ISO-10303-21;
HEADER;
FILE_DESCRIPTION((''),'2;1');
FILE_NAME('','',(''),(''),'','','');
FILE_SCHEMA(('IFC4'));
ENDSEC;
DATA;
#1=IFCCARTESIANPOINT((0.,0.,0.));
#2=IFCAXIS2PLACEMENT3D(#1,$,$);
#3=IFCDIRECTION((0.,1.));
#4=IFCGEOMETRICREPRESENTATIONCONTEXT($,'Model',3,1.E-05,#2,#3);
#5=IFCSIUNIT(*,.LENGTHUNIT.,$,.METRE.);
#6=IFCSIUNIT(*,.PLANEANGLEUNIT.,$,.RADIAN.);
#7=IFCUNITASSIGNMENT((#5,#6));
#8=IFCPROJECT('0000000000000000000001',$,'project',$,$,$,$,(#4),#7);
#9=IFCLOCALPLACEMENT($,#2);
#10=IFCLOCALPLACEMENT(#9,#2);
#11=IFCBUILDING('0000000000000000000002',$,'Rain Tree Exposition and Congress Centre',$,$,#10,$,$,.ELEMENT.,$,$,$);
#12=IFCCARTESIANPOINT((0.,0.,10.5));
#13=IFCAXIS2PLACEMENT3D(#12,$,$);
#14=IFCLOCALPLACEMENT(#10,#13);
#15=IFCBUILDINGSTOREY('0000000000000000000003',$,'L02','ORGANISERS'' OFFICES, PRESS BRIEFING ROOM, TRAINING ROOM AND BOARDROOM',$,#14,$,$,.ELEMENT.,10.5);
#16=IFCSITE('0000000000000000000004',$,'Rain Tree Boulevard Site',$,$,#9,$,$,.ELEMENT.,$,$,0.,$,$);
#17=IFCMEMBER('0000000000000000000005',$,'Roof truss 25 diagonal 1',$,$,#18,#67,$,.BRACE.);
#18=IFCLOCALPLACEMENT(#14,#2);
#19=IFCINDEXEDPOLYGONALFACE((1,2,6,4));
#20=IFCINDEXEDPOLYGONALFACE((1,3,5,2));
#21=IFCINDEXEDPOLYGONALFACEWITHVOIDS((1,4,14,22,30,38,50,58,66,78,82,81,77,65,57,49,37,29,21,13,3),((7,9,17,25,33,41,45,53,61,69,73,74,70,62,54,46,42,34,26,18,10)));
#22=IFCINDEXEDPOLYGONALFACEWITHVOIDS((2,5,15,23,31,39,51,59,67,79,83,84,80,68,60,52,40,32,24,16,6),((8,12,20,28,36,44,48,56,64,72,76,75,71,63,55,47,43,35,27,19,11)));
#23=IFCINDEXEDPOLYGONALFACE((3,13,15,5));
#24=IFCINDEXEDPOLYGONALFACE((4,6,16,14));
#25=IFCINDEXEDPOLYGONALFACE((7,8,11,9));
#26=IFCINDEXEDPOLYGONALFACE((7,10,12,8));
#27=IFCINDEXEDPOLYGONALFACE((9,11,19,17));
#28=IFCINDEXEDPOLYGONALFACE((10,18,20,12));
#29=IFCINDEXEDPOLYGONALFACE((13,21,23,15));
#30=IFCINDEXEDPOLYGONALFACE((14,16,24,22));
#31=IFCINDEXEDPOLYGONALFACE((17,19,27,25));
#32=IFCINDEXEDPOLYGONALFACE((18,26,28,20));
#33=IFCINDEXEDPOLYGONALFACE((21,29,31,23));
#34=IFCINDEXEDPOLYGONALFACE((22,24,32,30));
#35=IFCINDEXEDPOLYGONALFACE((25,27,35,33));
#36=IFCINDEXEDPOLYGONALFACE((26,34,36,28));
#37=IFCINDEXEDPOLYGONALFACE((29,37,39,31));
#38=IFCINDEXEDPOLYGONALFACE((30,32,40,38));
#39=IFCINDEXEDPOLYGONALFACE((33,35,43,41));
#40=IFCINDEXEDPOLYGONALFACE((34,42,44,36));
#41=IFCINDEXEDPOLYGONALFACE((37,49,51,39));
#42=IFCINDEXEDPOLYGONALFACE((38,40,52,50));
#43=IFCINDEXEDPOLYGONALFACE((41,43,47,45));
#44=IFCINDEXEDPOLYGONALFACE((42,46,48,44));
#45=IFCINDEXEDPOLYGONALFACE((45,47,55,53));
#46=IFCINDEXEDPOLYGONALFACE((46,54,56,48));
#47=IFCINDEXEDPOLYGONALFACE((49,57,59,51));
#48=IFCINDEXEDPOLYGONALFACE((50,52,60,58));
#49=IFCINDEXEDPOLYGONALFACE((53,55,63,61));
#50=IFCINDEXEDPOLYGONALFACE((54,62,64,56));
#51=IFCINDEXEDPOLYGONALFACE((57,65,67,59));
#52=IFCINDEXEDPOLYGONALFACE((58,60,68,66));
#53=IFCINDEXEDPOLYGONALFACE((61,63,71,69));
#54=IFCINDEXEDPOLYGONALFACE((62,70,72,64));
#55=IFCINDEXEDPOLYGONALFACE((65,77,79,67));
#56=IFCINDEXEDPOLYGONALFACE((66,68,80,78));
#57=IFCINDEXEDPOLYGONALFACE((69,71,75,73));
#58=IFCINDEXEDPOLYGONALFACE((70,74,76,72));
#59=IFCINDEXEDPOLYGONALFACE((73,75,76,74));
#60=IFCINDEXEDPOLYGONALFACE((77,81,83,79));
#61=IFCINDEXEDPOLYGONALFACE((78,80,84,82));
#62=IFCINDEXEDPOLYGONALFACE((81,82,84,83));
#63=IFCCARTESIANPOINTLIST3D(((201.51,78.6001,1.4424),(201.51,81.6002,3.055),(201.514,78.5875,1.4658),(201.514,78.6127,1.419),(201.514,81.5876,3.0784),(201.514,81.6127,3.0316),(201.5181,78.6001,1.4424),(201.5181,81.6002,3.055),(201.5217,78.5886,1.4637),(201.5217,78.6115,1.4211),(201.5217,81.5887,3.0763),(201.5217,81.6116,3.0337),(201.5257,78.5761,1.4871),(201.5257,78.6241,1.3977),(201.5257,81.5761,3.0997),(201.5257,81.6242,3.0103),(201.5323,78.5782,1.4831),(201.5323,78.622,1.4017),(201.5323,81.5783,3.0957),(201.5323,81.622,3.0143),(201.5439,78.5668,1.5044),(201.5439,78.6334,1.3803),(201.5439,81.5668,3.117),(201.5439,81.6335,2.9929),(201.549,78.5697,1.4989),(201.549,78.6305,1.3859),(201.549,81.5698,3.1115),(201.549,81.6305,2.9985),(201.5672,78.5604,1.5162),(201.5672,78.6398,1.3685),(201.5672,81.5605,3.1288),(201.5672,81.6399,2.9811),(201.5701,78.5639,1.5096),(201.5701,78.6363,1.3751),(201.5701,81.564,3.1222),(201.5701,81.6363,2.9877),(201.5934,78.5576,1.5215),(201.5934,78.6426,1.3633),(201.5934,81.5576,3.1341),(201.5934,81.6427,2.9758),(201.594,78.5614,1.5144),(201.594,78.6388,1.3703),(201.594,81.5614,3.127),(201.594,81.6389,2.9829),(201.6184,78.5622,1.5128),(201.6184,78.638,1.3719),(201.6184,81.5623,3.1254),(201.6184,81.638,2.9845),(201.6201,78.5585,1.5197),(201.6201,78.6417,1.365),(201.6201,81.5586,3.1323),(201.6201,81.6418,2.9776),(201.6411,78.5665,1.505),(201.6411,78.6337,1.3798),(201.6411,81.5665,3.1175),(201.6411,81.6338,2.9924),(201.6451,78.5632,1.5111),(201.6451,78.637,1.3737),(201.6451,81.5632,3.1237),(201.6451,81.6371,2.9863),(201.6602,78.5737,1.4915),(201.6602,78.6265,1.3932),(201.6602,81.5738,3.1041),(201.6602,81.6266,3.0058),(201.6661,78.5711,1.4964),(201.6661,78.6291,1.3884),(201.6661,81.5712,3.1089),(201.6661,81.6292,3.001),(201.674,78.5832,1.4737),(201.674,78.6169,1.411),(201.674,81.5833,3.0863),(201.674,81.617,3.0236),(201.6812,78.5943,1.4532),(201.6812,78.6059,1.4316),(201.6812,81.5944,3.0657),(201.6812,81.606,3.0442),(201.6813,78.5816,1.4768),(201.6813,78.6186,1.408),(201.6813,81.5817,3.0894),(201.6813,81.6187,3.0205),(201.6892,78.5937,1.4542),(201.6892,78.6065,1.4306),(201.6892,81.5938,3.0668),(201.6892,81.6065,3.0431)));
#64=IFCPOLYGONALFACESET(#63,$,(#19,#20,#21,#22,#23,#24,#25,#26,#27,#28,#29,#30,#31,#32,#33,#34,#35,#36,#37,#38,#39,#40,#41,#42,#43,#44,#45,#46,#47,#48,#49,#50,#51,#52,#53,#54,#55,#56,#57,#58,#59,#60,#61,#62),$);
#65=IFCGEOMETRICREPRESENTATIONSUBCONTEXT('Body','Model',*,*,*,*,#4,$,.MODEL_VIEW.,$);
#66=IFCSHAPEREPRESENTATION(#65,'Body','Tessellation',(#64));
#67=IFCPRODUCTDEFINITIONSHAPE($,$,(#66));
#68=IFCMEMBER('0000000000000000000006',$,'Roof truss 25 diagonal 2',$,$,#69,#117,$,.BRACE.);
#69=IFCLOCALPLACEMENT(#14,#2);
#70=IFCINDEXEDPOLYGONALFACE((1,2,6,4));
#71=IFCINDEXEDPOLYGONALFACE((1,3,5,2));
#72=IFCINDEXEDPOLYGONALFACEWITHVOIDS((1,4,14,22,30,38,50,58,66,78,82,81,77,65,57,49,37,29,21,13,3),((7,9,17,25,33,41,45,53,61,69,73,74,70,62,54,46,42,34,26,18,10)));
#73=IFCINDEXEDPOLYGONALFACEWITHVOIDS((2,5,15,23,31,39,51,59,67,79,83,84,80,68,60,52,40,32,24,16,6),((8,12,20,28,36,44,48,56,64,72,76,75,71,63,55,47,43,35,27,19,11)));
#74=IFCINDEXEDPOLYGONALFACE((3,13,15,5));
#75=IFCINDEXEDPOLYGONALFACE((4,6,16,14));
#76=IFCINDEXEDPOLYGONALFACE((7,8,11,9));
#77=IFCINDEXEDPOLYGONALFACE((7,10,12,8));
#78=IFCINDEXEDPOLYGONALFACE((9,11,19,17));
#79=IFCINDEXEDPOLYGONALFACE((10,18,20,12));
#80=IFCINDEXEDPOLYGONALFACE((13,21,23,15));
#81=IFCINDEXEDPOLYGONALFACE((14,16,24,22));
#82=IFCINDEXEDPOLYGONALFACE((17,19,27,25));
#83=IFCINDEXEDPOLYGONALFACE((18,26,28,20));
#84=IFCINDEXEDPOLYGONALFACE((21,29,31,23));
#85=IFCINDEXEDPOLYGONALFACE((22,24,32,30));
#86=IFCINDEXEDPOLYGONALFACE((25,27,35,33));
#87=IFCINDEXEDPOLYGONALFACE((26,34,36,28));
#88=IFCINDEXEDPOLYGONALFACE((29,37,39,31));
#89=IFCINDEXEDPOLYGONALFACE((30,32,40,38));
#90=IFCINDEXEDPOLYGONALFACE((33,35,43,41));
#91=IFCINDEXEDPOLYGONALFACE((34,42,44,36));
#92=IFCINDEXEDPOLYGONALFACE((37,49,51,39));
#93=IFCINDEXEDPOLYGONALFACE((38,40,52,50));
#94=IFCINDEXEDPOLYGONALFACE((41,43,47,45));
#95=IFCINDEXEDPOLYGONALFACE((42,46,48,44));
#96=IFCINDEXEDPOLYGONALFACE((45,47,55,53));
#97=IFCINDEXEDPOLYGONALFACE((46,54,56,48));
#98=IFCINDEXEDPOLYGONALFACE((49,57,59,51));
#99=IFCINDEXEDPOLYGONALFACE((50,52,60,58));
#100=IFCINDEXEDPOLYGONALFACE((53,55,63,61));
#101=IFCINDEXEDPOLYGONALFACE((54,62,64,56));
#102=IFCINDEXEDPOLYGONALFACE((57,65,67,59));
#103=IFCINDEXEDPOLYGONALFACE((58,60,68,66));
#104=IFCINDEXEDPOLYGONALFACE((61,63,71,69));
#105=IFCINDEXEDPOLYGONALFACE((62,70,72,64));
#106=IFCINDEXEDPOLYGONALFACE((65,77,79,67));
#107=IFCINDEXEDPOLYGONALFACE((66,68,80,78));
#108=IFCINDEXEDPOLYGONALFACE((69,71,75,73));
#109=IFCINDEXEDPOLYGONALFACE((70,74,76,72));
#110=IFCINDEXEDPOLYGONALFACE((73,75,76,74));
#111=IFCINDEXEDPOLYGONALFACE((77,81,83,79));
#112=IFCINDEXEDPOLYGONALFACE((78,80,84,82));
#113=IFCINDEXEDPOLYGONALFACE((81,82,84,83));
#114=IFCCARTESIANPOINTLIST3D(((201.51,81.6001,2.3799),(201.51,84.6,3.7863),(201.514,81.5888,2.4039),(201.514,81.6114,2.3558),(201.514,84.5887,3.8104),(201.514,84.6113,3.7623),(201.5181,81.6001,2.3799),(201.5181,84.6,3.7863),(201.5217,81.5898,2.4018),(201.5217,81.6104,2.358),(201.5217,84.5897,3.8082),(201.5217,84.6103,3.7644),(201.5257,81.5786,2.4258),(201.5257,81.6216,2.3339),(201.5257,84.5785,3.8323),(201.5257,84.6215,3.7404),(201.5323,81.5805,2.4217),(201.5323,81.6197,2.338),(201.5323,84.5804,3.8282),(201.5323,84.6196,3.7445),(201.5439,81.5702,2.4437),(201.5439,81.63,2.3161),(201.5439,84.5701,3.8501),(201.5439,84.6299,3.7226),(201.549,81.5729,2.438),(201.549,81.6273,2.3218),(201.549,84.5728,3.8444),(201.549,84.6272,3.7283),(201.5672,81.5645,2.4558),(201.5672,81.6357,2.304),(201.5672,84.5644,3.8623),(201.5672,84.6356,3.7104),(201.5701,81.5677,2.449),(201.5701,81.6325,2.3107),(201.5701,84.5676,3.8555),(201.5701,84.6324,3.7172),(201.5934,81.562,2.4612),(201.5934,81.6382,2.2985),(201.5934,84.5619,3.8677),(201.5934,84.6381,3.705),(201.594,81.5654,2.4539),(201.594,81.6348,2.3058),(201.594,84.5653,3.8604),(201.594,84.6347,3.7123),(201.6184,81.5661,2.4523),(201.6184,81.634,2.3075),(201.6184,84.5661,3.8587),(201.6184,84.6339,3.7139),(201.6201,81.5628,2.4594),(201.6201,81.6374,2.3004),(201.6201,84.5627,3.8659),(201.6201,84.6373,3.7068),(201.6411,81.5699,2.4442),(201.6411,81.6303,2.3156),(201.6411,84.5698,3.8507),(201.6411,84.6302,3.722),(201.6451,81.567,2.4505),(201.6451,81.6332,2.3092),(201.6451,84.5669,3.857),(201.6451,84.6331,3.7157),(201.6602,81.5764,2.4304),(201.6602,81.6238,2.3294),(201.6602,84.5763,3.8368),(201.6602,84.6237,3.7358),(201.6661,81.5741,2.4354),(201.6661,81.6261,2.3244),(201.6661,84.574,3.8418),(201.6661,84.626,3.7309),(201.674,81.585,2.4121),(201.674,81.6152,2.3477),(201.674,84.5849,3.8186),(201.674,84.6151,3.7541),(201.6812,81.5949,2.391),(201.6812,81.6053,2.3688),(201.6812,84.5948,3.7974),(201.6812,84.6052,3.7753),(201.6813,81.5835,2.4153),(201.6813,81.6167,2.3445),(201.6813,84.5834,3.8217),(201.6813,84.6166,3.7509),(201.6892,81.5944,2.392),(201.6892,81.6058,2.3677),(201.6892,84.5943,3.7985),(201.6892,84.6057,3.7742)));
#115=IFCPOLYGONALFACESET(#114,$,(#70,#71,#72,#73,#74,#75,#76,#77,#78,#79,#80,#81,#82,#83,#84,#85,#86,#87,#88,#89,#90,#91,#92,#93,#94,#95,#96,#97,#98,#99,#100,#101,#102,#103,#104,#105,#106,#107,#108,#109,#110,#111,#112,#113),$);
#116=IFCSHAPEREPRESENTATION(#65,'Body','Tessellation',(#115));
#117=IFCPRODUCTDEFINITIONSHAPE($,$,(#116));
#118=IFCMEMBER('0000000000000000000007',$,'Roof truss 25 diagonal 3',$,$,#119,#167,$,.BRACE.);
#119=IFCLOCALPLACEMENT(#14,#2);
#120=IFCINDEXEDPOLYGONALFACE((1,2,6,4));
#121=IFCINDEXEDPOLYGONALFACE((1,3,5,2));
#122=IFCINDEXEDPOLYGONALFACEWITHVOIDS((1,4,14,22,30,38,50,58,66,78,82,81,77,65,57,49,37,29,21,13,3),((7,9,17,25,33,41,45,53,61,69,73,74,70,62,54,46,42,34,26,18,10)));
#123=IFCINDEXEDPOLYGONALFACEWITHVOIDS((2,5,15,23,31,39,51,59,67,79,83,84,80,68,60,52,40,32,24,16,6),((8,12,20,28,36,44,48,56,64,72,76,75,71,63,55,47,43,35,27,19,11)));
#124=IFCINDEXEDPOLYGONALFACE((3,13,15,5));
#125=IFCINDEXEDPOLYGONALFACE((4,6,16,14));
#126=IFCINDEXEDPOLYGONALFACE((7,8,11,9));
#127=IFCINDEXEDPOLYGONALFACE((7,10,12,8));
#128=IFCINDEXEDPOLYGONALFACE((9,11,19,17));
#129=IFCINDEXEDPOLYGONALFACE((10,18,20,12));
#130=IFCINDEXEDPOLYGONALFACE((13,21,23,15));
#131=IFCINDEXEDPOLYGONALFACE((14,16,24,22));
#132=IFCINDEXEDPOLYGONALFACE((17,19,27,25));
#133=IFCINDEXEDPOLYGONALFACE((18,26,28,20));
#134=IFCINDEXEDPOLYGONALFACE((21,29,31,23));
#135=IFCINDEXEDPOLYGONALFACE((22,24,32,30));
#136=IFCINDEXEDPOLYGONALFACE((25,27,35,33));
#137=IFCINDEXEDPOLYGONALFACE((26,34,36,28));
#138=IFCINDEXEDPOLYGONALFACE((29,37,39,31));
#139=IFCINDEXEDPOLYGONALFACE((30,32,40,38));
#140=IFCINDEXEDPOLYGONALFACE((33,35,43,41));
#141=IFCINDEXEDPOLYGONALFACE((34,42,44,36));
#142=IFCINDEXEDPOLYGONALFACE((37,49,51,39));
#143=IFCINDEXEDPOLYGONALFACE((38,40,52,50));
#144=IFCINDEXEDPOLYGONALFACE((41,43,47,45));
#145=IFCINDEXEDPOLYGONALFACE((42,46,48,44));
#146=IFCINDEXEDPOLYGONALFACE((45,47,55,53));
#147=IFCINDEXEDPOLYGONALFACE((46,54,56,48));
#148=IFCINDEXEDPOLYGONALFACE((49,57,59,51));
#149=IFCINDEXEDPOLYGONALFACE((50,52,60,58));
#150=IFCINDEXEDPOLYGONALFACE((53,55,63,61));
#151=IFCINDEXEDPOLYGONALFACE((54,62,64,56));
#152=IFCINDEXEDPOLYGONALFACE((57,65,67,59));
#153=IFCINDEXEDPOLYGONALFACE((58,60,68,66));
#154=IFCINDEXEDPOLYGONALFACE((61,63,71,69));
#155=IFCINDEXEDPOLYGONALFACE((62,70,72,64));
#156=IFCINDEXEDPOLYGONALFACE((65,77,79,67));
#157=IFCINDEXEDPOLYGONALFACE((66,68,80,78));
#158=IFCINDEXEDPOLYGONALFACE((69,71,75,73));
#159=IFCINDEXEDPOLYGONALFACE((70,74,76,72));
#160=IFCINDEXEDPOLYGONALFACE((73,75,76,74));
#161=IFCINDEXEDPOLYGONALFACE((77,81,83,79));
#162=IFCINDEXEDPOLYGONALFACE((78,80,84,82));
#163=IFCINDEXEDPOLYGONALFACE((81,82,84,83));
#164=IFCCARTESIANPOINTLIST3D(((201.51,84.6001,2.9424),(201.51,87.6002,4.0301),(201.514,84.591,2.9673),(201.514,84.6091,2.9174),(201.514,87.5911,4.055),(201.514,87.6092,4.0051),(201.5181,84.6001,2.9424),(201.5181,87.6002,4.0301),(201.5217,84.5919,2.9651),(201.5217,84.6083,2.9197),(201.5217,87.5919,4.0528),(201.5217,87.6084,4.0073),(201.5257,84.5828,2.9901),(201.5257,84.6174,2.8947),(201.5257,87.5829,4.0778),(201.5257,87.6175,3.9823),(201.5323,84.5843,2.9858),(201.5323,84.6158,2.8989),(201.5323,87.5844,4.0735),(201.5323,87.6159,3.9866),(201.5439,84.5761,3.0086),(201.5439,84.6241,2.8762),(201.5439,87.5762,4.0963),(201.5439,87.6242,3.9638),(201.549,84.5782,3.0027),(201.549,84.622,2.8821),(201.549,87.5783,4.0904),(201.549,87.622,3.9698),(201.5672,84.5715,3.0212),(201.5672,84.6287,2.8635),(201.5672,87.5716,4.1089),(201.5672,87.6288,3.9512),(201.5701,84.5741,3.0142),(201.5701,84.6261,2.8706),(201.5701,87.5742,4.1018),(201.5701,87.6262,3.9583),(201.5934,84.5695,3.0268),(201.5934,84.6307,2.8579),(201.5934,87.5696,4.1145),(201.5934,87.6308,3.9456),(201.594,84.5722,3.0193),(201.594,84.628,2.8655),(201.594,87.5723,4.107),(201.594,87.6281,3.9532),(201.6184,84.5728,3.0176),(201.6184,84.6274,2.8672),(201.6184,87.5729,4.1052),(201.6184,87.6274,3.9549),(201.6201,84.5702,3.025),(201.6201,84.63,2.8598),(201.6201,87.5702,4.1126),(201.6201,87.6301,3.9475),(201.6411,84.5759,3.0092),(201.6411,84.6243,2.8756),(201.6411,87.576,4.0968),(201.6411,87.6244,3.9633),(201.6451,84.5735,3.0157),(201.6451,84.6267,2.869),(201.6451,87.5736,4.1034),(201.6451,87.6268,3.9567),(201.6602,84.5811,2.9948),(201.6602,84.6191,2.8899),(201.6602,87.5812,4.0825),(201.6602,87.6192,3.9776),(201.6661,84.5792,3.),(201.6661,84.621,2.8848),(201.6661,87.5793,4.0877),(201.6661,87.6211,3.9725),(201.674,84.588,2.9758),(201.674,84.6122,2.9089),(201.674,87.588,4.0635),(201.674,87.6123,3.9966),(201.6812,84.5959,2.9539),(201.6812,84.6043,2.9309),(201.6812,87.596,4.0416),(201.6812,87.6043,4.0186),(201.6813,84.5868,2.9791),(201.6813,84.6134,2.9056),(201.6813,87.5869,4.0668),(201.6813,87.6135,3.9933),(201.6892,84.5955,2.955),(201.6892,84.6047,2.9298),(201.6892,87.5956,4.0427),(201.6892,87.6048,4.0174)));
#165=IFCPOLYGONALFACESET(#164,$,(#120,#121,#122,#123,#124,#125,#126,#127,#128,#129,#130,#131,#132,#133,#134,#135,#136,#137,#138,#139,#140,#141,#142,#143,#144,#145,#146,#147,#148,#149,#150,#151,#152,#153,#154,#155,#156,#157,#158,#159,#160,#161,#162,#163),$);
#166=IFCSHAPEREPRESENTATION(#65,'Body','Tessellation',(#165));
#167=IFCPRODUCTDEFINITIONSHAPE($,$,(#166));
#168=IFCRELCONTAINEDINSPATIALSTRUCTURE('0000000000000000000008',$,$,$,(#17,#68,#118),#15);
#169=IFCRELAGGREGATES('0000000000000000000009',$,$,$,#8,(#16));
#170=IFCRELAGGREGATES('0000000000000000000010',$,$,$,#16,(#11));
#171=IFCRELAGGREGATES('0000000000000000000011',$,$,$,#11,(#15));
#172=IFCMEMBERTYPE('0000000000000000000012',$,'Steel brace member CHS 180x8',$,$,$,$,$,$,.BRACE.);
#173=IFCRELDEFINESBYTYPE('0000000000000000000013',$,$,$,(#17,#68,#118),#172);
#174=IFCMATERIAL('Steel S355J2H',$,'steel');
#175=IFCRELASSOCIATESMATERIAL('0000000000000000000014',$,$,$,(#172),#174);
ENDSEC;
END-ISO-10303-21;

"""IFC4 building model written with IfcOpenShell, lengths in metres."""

from ifc_helpers import new_model, si_unit, direction, frame, origin, origin_2d, place, context, subcontext, project, spatial, hollow_circle, extrude, material, material_profile, profile_set, type_object, element, save


model = new_model("IFC4")

# Units and contexts
model_context = context("Model", 3, precision=1e-05, world=origin(), true_north=direction((0.0, 1.0)))
body_context = subcontext(model_context, "Body", "Model", "MODEL_VIEW")
ifc_project = project(units=[si_unit("LENGTHUNIT", "METRE"), si_unit("PLANEANGLEUNIT", "RADIAN")], contexts=[model_context])

# Site, building, storey
site_placement = place(None, origin())
site = spatial("IfcSite", under=ifc_project, at=site_placement, Name="Rain Tree Boulevard Site", CompositionType="ELEMENT", RefElevation=0.0)
building_placement = place(site_placement, origin())
building = spatial("IfcBuilding", under=site, at=building_placement, Name="Rain Tree Exposition and Congress Centre", CompositionType="ELEMENT")
storey_placement = place(building_placement, frame((0.0, 0.0, 10.5)))
storey = spatial("IfcBuildingStorey", under=building, at=storey_placement, Name="L02", Description="ORGANISERS' OFFICES, PRESS BRIEFING ROOM, TRAINING ROOM AND BOARDROOM", CompositionType="ELEMENT", Elevation=10.5)

# Members
ifc_material_1 = material(Name="Steel S355J2H", Category="steel")
ifc_material_profile_1 = material_profile(ifc_material_1, hollow_circle(Radius=0.0901, WallThickness=0.0081, at=origin_2d()), Name="CHS 180x8")
ifc_profile_set_1 = profile_set([ifc_material_profile_1], Name="Steel S355J2H")
member_type_1 = type_object("IfcMemberType", Name="Steel brace member CHS 180x8", PredefinedType="BRACE", material=ifc_profile_set_1)
member_1_placement = place(storey_placement, frame((201.6001, 78.6001, 1.4424), z_axis=(0.0, 0.880818, 0.473454), x_axis=(-1.0, 0.0, 0.0)))
element("IfcMember", 1, at=member_1_placement, inside=storey, type_object=member_type_1, Name="Roof truss 25 diagonal 1", PredefinedType="BRACE", context=body_context, shape_type="SweptSolid", body=[
    extrude(hollow_circle(Radius=0.0901, WallThickness=0.0081, at=origin_2d()), origin(), (0.0, 0.0, 1.0), 3.406),
])
member_2_placement = place(storey_placement, frame((201.6001, 81.6001, 2.3799), z_axis=(0.0, 0.905431, 0.424494), x_axis=(-1.0, 0.0, 0.0)))
element("IfcMember", 2, at=member_2_placement, inside=storey, type_object=member_type_1, Name="Roof truss 25 diagonal 2", PredefinedType="BRACE", context=body_context, shape_type="SweptSolid", body=[
    extrude(hollow_circle(Radius=0.0901, WallThickness=0.0081, at=origin_2d()), origin(), (0.0, 0.0, 1.0), 3.3132),
])
member_3_placement = place(storey_placement, frame((201.6001, 84.6001, 2.9424), z_axis=(0.0, 0.940121, 0.34084), x_axis=(-1.0, 0.0, 0.0)))
element("IfcMember", 3, at=member_3_placement, inside=storey, type_object=member_type_1, Name="Roof truss 25 diagonal 3", PredefinedType="BRACE", context=body_context, shape_type="SweptSolid", body=[
    extrude(hollow_circle(Radius=0.0901, WallThickness=0.0081, at=origin_2d()), origin(), (0.0, 0.0, 1.0), 3.1912),
])

save(model, "model.ifc")
